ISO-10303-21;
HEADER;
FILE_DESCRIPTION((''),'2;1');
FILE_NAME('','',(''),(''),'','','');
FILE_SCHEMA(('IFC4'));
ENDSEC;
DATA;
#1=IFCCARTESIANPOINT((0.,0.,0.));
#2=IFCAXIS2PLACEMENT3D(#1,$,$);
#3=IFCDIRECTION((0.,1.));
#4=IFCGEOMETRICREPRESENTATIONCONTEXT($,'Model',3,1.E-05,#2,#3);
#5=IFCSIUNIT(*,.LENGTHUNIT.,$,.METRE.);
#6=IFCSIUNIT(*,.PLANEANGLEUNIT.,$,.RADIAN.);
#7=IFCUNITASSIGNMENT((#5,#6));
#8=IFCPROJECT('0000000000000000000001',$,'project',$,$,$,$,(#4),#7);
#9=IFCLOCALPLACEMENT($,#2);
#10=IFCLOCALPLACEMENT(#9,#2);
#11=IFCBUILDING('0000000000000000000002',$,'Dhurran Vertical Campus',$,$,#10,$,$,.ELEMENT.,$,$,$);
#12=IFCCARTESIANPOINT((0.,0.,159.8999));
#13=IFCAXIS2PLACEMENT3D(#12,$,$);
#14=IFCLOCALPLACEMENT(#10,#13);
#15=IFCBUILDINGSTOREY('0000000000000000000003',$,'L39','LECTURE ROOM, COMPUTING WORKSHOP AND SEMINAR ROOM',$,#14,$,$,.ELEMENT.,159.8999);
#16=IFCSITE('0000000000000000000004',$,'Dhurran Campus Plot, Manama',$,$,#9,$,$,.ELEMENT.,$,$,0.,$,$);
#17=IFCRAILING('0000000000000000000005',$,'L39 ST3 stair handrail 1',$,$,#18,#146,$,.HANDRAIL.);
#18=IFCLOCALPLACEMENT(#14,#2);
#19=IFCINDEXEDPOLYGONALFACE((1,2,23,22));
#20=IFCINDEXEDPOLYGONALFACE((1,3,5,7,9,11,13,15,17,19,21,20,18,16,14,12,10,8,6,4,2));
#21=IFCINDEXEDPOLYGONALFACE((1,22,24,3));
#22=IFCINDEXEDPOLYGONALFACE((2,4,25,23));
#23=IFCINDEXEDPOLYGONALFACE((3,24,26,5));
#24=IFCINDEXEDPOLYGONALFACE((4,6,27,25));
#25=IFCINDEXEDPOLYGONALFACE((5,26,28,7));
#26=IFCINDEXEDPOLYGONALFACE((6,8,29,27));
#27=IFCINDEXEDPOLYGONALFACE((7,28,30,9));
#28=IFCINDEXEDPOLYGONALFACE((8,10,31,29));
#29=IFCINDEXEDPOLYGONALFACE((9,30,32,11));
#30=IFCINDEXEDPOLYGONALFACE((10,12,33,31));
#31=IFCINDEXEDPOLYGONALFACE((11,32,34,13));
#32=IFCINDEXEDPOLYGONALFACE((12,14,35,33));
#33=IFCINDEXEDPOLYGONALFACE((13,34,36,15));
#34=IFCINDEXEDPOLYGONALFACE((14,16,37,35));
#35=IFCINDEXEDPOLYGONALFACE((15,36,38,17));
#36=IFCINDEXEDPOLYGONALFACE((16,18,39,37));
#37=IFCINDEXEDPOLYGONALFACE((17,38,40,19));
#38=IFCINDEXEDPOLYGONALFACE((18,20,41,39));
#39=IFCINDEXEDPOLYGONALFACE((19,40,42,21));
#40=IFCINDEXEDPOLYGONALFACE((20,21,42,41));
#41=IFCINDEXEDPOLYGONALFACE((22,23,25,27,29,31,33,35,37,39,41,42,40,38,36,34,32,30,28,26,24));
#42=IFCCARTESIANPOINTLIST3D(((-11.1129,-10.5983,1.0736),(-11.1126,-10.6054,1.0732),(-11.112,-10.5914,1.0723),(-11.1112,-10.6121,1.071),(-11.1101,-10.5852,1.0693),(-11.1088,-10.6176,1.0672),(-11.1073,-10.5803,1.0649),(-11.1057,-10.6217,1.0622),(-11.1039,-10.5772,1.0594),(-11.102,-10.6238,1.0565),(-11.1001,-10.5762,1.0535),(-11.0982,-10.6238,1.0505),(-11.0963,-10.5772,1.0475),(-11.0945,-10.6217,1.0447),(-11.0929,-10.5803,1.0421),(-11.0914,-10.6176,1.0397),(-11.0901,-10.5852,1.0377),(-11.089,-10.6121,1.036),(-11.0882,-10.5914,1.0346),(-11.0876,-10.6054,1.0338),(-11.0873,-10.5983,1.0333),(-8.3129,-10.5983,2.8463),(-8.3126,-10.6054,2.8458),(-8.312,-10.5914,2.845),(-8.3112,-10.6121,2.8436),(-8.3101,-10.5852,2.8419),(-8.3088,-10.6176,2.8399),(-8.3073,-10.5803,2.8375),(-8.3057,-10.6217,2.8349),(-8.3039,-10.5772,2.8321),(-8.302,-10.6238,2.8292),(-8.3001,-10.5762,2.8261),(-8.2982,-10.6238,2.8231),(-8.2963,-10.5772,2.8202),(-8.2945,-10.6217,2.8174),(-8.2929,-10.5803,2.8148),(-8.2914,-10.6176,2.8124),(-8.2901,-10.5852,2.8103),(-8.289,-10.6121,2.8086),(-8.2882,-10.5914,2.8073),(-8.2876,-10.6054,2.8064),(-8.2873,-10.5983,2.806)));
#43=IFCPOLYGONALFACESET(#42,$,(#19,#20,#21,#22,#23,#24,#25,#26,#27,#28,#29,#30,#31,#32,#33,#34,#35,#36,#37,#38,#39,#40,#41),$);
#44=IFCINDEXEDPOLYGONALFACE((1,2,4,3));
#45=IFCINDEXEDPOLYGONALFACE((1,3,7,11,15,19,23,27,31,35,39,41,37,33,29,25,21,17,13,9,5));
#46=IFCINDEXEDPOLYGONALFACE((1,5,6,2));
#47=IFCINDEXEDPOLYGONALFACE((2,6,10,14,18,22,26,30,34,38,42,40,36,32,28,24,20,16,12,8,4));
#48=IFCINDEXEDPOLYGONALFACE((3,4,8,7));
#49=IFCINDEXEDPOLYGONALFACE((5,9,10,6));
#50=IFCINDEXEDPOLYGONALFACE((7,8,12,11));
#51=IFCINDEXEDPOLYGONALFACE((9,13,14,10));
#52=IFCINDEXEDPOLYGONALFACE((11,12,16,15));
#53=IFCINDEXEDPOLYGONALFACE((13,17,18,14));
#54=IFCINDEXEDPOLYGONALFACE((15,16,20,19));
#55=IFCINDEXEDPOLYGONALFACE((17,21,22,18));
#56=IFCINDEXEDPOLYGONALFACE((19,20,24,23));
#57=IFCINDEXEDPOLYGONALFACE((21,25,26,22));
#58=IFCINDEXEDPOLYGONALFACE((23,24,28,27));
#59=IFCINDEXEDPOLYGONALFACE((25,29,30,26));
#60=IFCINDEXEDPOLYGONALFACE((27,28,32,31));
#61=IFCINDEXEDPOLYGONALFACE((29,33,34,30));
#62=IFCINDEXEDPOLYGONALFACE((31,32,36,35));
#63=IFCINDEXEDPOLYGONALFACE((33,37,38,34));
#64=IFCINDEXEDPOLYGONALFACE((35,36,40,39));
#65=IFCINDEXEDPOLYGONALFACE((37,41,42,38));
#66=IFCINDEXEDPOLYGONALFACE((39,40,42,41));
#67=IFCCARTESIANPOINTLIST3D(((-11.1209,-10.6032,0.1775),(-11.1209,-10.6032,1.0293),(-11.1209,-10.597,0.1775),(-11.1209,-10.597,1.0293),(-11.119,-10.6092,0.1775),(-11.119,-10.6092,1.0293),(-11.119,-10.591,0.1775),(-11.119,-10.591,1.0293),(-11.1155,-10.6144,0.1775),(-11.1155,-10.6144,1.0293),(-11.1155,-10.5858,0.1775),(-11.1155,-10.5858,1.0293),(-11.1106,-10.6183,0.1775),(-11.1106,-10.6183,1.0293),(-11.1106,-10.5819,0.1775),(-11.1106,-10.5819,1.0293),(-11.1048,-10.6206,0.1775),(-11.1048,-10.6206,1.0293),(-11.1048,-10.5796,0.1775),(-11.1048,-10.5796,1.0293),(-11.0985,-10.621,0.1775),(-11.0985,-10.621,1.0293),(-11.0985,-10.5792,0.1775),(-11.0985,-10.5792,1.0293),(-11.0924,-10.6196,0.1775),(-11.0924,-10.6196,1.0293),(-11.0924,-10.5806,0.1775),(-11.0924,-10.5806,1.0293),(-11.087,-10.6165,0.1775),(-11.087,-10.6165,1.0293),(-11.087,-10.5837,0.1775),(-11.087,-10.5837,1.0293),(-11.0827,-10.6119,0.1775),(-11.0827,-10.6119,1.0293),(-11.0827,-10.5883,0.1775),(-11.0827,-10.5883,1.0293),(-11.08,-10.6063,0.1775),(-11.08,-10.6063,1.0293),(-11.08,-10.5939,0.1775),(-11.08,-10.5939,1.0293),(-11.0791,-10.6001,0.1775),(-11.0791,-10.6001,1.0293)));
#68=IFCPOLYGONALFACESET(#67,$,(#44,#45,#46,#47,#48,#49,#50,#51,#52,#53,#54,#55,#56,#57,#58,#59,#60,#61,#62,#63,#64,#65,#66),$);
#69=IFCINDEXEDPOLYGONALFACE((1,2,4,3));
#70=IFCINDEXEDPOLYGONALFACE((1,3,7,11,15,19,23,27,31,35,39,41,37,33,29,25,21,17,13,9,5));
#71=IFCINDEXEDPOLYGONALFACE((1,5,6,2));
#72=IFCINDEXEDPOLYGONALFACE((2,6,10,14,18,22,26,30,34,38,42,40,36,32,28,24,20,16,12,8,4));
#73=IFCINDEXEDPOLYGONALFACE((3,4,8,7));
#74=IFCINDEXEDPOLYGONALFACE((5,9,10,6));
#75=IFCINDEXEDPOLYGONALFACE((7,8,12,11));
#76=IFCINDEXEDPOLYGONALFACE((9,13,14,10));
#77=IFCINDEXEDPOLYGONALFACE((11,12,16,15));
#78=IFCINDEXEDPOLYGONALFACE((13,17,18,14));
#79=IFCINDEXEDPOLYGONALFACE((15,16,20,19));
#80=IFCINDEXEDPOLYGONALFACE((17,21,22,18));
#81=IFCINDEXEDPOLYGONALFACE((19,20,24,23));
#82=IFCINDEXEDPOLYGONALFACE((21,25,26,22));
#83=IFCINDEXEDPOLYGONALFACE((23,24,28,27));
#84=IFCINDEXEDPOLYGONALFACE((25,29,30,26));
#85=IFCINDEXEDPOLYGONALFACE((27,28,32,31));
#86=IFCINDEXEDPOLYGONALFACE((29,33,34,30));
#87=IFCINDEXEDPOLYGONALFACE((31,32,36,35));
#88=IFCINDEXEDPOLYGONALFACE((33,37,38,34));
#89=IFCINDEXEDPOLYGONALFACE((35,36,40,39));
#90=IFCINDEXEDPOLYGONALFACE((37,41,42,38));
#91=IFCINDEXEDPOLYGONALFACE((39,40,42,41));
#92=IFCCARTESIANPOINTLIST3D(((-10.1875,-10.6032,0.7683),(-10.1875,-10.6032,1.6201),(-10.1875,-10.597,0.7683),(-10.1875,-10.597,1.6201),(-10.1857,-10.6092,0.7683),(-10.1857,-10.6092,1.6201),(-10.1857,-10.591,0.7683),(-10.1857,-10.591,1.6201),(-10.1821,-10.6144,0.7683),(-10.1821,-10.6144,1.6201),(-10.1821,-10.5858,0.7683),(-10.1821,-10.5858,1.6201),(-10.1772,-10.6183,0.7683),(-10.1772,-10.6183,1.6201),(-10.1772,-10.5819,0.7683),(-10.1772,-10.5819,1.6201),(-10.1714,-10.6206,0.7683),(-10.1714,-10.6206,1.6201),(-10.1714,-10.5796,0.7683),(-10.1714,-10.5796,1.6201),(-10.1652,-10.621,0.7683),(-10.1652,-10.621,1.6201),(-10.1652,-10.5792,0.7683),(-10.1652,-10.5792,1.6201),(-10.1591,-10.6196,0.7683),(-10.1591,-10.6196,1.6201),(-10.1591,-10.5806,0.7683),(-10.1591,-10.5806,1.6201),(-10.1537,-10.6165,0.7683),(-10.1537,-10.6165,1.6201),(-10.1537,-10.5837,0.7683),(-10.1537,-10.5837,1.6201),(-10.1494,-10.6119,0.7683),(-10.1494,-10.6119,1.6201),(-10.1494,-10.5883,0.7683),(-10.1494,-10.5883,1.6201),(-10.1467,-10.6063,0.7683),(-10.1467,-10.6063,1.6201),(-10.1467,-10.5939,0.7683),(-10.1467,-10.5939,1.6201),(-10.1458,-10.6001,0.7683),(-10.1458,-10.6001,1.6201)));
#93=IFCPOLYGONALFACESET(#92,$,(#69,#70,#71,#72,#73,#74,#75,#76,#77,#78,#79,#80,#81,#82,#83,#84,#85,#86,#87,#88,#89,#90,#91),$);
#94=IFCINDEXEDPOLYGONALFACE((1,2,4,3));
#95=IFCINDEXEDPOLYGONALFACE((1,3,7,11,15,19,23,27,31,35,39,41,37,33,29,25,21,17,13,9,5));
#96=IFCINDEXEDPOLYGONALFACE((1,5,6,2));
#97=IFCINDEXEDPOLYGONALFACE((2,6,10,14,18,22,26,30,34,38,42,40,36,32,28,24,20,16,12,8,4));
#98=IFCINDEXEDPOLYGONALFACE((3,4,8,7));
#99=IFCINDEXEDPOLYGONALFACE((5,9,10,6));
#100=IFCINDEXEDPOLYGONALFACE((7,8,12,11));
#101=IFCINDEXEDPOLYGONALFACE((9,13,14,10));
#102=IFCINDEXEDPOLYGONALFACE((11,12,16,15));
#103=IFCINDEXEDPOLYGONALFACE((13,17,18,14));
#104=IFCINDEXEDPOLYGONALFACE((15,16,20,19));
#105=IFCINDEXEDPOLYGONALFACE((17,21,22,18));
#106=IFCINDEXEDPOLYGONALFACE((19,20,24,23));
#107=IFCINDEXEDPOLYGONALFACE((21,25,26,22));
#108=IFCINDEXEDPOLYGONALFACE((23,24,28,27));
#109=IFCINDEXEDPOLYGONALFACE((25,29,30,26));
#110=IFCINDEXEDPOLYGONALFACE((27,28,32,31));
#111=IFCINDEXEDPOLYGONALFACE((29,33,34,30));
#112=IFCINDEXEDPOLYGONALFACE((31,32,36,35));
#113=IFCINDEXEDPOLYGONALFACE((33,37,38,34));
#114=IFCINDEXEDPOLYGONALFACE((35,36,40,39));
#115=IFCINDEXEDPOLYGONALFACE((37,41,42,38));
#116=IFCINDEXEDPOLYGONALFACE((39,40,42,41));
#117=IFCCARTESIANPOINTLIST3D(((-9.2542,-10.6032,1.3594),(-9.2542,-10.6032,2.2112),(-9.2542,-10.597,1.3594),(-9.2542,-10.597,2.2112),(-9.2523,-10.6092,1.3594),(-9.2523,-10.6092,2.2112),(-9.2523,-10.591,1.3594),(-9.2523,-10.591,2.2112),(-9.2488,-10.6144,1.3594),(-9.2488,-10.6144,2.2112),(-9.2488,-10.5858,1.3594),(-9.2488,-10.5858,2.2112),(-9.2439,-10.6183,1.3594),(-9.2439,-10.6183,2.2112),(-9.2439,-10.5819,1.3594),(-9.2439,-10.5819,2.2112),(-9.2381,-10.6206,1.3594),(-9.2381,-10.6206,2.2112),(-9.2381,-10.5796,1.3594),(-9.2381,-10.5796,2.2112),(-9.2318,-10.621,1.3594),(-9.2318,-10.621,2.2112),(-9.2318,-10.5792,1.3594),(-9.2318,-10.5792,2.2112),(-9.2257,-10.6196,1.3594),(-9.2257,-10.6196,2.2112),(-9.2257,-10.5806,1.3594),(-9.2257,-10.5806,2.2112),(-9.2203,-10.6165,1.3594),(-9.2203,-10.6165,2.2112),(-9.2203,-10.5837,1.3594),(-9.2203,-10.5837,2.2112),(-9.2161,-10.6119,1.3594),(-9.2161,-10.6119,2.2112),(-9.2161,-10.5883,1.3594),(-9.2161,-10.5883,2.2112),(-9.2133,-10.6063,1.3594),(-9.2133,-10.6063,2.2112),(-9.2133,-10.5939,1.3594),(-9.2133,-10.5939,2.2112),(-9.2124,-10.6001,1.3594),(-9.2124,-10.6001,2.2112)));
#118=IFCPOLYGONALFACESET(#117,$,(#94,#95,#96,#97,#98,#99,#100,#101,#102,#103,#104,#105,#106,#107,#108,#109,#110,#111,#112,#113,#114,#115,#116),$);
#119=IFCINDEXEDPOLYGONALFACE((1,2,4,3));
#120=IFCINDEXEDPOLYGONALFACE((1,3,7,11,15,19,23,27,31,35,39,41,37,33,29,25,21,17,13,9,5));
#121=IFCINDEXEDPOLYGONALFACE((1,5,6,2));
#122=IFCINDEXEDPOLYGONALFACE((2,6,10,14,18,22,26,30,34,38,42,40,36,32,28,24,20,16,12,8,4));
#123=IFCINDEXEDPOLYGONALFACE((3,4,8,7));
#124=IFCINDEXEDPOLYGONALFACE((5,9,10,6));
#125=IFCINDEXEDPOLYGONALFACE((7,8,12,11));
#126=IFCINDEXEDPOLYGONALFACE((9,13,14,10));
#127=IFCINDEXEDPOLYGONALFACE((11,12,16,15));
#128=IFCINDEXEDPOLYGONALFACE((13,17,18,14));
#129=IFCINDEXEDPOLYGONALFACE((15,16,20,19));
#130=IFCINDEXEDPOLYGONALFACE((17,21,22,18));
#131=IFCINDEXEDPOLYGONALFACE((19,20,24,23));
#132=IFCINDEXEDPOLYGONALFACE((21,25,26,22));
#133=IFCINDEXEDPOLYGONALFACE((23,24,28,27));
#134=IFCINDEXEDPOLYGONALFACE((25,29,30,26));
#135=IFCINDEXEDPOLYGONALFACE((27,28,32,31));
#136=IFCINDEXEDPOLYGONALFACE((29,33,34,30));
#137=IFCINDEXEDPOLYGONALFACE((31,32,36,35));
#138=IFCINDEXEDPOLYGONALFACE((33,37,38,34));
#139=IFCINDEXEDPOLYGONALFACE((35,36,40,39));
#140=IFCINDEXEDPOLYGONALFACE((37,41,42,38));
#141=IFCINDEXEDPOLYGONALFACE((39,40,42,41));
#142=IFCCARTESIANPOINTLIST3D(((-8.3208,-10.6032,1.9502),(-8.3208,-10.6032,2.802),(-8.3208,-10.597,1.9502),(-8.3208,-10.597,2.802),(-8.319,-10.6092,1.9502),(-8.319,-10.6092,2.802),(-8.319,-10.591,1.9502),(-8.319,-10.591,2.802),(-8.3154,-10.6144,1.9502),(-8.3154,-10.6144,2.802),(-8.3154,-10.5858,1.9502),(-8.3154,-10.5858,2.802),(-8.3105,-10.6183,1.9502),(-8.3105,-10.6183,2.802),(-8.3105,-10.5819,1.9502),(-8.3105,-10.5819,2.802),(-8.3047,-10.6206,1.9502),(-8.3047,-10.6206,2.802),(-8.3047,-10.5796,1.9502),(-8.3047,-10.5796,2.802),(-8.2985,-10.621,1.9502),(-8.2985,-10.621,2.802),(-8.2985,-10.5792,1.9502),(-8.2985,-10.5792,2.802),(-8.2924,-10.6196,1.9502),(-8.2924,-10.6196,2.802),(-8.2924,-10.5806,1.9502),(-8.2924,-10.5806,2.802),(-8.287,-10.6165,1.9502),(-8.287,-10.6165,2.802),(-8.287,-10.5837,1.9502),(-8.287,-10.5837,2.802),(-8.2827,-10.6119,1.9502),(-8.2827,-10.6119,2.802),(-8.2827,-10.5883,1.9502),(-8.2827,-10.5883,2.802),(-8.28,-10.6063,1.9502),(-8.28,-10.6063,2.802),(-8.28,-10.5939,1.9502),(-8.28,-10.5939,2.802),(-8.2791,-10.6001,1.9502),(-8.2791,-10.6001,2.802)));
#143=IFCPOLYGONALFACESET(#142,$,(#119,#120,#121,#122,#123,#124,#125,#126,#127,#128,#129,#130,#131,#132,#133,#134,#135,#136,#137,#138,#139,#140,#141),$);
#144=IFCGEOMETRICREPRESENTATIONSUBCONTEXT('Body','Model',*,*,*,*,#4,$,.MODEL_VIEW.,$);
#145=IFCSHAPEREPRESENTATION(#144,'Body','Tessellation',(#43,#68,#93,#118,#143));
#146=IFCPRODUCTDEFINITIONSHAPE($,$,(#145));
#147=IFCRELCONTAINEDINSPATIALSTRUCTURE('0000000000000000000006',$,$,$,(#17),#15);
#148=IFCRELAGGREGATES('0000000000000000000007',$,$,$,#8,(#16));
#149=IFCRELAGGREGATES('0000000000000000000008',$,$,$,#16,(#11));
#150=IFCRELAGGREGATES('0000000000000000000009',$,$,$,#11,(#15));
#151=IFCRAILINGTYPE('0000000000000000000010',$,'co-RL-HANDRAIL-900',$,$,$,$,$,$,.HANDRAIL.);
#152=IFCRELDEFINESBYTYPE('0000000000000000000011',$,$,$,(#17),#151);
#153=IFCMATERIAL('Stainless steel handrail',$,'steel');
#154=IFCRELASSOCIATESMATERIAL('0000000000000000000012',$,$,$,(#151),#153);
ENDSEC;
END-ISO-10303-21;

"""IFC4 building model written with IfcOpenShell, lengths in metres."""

from ifc_helpers import new_model, si_unit, direction, frame, origin, origin_2d, place, context, subcontext, project, spatial, circle, extrude, material, type_object, element, save


model = new_model("IFC4")

# Units and contexts
model_context = context("Model", 3, precision=1e-05, world=origin(), true_north=direction((0.0, 1.0)))
body_context = subcontext(model_context, "Body", "Model", "MODEL_VIEW")
ifc_project = project(units=[si_unit("LENGTHUNIT", "METRE"), si_unit("PLANEANGLEUNIT", "RADIAN")], contexts=[model_context])

# Site, building, storey
site_placement = place(None, origin())
site = spatial("IfcSite", under=ifc_project, at=site_placement, Name="Dhurran Campus Plot, Manama", CompositionType="ELEMENT", RefElevation=0.0)
building_placement = place(site_placement, origin())
building = spatial("IfcBuilding", under=site, at=building_placement, Name="Dhurran Vertical Campus", CompositionType="ELEMENT")
storey_placement = place(building_placement, frame((0.0, 0.0, 159.8999)))
storey = spatial("IfcBuildingStorey", under=building, at=storey_placement, Name="L39", Description="LECTURE ROOM, COMPUTING WORKSHOP AND SEMINAR ROOM", CompositionType="ELEMENT", Elevation=159.8999)

# Railing
ifc_material_1 = material(Name="Stainless steel handrail", Category="steel")
railing_type_1 = type_object("IfcRailingType", Name="co-RL-HANDRAIL-900", PredefinedType="HANDRAIL", material=ifc_material_1)
railing_1_placement = place(storey_placement, frame((-11.1001, -10.6001, 0.1775)))
element("IfcRailing", 1, at=railing_1_placement, inside=storey, type_object=railing_type_1, Name="L39 ST3 stair handrail 1", PredefinedType="HANDRAIL", context=body_context, shape_type="SweptSolid", body=[
    extrude(circle(Radius=0.0239, at=origin_2d()), frame((0.0, 0.0, 0.876), z_axis=(0.844909, 0.0, 0.53491), x_axis=(0.0, 1.0, 0.0)), (0.0, 0.0, 1.0), 3.314),
    extrude(circle(Radius=0.021, at=origin_2d()), origin(), (0.0, 0.0, 1.0), 0.8518),
    extrude(circle(Radius=0.021, at=origin_2d()), frame((0.9333, 0.0, 0.5908)), (0.0, 0.0, 1.0), 0.8518),
    extrude(circle(Radius=0.021, at=origin_2d()), frame((1.8667, 0.0, 1.1819)), (0.0, 0.0, 1.0), 0.8518),
    extrude(circle(Radius=0.021, at=origin_2d()), frame((2.8, 0.0, 1.7727)), (0.0, 0.0, 1.0), 0.8518),
])

save(model, "model.ifc")
